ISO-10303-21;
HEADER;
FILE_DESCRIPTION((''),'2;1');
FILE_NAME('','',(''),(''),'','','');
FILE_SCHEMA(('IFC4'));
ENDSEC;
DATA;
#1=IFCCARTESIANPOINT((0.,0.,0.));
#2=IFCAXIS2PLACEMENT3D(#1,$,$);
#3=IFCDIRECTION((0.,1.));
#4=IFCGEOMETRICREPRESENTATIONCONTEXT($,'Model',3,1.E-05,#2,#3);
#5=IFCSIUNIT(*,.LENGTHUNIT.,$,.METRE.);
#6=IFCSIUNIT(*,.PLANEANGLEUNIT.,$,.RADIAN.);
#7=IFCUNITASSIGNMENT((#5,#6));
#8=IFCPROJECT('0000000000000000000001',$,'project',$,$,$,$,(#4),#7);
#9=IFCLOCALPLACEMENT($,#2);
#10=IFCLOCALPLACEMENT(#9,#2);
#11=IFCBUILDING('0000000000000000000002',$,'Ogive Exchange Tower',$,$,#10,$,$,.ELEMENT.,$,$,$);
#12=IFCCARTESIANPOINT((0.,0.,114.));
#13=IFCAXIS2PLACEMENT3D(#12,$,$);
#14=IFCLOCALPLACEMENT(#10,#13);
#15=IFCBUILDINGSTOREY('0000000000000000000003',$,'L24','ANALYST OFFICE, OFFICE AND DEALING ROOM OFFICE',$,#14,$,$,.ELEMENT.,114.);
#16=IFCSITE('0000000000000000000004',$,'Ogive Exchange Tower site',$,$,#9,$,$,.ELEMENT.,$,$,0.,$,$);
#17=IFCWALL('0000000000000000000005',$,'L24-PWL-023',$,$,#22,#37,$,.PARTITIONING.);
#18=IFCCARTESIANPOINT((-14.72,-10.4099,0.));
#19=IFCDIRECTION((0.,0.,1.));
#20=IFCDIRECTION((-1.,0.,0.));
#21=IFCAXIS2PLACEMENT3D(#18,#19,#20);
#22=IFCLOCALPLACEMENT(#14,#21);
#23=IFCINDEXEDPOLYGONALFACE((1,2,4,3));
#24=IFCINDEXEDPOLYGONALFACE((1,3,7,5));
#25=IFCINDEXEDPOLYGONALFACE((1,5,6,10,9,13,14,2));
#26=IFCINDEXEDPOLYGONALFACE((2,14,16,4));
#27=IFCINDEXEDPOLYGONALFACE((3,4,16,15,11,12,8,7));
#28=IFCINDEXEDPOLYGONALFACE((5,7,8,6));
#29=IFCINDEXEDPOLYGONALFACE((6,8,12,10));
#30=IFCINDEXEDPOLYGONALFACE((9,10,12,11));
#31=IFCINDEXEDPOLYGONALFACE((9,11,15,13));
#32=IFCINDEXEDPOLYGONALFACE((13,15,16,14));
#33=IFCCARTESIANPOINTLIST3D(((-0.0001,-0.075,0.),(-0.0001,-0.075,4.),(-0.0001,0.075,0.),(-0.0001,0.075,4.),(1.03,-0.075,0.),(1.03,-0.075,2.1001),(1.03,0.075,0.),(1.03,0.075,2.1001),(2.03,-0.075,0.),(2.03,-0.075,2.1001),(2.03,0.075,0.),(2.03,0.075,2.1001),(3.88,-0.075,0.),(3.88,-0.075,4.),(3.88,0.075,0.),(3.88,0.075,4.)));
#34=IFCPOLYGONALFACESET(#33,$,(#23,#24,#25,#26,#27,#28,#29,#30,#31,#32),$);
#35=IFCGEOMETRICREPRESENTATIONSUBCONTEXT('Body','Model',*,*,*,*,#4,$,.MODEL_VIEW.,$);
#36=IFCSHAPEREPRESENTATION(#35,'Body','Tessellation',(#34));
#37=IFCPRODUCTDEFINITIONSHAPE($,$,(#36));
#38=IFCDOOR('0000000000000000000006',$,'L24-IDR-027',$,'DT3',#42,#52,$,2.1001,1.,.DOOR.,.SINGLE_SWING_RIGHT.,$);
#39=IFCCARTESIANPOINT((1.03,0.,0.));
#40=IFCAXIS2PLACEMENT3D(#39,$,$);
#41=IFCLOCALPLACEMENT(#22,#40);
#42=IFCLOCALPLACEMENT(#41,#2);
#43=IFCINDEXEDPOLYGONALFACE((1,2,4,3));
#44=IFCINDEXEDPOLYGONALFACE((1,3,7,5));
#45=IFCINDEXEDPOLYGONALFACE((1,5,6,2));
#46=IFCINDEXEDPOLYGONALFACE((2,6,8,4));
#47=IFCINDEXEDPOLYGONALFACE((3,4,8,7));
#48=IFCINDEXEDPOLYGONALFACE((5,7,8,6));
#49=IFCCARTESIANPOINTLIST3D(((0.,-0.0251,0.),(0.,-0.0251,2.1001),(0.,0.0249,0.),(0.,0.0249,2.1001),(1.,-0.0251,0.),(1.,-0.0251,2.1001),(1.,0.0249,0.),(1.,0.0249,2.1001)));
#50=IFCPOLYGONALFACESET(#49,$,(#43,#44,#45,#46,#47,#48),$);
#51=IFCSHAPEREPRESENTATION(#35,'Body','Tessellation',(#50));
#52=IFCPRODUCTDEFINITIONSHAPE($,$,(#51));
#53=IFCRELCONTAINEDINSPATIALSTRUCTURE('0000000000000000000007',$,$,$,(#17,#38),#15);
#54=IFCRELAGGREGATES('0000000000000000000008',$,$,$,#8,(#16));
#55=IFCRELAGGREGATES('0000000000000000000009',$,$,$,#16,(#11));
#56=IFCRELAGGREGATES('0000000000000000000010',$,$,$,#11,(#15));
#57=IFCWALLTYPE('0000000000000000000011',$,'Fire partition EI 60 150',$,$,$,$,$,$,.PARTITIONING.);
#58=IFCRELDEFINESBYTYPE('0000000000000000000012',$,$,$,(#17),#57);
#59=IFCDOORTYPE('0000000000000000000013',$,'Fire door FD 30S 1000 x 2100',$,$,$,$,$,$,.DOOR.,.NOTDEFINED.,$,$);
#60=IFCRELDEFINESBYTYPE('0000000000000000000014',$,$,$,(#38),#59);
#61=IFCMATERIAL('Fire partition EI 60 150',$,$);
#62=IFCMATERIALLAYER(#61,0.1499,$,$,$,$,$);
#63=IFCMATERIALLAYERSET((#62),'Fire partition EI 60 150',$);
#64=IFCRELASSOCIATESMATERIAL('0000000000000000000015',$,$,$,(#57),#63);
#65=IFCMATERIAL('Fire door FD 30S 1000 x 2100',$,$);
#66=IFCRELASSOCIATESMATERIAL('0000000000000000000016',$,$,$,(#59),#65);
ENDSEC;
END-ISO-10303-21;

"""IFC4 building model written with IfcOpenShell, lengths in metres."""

from ifc_helpers import new_model, si_unit, direction, frame, frame_2d, origin, place, context, subcontext, project, spatial, rectangle, extrude, material, layer, layer_set, type_object, element, fill, save


model = new_model("IFC4")

# Units and contexts
model_context = context("Model", 3, precision=1e-05, world=origin(), true_north=direction((0.0, 1.0)))
body_context = subcontext(model_context, "Body", "Model", "MODEL_VIEW")
ifc_project = project(units=[si_unit("LENGTHUNIT", "METRE"), si_unit("PLANEANGLEUNIT", "RADIAN")], contexts=[model_context])

# Site, building, storey
site_placement = place(None, origin())
site = spatial("IfcSite", under=ifc_project, at=site_placement, Name="Ogive Exchange Tower site", CompositionType="ELEMENT", RefElevation=0.0)
building_placement = place(site_placement, origin())
building = spatial("IfcBuilding", under=site, at=building_placement, Name="Ogive Exchange Tower", CompositionType="ELEMENT")
storey_placement = place(building_placement, frame((0.0, 0.0, 114.0)))
storey = spatial("IfcBuildingStorey", under=building, at=storey_placement, Name="L24", Description="ANALYST OFFICE, OFFICE AND DEALING ROOM OFFICE", CompositionType="ELEMENT", Elevation=114.0)

# Wall, opening, door
ifc_material_1 = material(Name="Fire partition EI 60 150")
ifc_layer_1 = layer(ifc_material_1, 0.1499)
ifc_layer_set_1 = layer_set([ifc_layer_1], Name="Fire partition EI 60 150")
wall_type_1 = type_object("IfcWallType", Name="Fire partition EI 60 150", PredefinedType="PARTITIONING", material=ifc_layer_set_1)
ifc_material_2 = material(Name="Fire door FD 30S 1000 x 2100")
door_type_1 = type_object("IfcDoorType", Name="Fire door FD 30S 1000 x 2100", OperationType="NOTDEFINED", PredefinedType="DOOR", material=ifc_material_2)
wall_1_placement = place(storey_placement, frame((-14.72, -10.4099, 0.0), z_axis=(0.0, 0.0, 1.0), x_axis=(-1.0, 0.0, 0.0)))
wall_1 = element("IfcWall", 1, at=wall_1_placement, inside=storey, type_object=wall_type_1, Name="L24-PWL-023", PredefinedType="PARTITIONING", context=body_context, shape_type="SweptSolid", body=[
    extrude(rectangle(XDim=3.8801, YDim=0.1499, at=frame_2d((1.9399, 0.0))), origin(), (0.0, 0.0, 1.0), 4.0),
])
opening_1_placement = place(wall_1_placement, frame((1.03, 0.0, 0.0)))
opening_1 = element("IfcOpeningElement", 2, at=opening_1_placement, cuts=wall_1, PredefinedType="OPENING", context=body_context, shape_type="SweptSolid", body=[
    extrude(rectangle(XDim=1.0, YDim=2.1001, at=frame_2d((0.5, 1.05))), frame((0.0, 0.085, 0.0), z_axis=(0.0, -1.0, 0.0), x_axis=(1.0, 0.0, 0.0)), (0.0, 0.0, 1.0), 0.1699),
])
door_1_placement = place(opening_1_placement, origin())
door_1 = element("IfcDoor", 3, at=door_1_placement, inside=storey, type_object=door_type_1, Name="L24-IDR-027", ObjectType="DT3", OperationType="SINGLE_SWING_RIGHT", OverallHeight=2.1001, OverallWidth=1.0, PredefinedType="DOOR", context=body_context, shape_type="SweptSolid", body=[
    extrude(rectangle(XDim=1.0, YDim=2.1001, at=frame_2d((0.5, 1.05))), frame((0.0, 0.0249, 0.0), z_axis=(0.0, -1.0, 0.0), x_axis=(1.0, 0.0, 0.0)), (0.0, 0.0, 1.0), 0.05),
])
fill(opening_1, door_1)

save(model, "model.ifc")
